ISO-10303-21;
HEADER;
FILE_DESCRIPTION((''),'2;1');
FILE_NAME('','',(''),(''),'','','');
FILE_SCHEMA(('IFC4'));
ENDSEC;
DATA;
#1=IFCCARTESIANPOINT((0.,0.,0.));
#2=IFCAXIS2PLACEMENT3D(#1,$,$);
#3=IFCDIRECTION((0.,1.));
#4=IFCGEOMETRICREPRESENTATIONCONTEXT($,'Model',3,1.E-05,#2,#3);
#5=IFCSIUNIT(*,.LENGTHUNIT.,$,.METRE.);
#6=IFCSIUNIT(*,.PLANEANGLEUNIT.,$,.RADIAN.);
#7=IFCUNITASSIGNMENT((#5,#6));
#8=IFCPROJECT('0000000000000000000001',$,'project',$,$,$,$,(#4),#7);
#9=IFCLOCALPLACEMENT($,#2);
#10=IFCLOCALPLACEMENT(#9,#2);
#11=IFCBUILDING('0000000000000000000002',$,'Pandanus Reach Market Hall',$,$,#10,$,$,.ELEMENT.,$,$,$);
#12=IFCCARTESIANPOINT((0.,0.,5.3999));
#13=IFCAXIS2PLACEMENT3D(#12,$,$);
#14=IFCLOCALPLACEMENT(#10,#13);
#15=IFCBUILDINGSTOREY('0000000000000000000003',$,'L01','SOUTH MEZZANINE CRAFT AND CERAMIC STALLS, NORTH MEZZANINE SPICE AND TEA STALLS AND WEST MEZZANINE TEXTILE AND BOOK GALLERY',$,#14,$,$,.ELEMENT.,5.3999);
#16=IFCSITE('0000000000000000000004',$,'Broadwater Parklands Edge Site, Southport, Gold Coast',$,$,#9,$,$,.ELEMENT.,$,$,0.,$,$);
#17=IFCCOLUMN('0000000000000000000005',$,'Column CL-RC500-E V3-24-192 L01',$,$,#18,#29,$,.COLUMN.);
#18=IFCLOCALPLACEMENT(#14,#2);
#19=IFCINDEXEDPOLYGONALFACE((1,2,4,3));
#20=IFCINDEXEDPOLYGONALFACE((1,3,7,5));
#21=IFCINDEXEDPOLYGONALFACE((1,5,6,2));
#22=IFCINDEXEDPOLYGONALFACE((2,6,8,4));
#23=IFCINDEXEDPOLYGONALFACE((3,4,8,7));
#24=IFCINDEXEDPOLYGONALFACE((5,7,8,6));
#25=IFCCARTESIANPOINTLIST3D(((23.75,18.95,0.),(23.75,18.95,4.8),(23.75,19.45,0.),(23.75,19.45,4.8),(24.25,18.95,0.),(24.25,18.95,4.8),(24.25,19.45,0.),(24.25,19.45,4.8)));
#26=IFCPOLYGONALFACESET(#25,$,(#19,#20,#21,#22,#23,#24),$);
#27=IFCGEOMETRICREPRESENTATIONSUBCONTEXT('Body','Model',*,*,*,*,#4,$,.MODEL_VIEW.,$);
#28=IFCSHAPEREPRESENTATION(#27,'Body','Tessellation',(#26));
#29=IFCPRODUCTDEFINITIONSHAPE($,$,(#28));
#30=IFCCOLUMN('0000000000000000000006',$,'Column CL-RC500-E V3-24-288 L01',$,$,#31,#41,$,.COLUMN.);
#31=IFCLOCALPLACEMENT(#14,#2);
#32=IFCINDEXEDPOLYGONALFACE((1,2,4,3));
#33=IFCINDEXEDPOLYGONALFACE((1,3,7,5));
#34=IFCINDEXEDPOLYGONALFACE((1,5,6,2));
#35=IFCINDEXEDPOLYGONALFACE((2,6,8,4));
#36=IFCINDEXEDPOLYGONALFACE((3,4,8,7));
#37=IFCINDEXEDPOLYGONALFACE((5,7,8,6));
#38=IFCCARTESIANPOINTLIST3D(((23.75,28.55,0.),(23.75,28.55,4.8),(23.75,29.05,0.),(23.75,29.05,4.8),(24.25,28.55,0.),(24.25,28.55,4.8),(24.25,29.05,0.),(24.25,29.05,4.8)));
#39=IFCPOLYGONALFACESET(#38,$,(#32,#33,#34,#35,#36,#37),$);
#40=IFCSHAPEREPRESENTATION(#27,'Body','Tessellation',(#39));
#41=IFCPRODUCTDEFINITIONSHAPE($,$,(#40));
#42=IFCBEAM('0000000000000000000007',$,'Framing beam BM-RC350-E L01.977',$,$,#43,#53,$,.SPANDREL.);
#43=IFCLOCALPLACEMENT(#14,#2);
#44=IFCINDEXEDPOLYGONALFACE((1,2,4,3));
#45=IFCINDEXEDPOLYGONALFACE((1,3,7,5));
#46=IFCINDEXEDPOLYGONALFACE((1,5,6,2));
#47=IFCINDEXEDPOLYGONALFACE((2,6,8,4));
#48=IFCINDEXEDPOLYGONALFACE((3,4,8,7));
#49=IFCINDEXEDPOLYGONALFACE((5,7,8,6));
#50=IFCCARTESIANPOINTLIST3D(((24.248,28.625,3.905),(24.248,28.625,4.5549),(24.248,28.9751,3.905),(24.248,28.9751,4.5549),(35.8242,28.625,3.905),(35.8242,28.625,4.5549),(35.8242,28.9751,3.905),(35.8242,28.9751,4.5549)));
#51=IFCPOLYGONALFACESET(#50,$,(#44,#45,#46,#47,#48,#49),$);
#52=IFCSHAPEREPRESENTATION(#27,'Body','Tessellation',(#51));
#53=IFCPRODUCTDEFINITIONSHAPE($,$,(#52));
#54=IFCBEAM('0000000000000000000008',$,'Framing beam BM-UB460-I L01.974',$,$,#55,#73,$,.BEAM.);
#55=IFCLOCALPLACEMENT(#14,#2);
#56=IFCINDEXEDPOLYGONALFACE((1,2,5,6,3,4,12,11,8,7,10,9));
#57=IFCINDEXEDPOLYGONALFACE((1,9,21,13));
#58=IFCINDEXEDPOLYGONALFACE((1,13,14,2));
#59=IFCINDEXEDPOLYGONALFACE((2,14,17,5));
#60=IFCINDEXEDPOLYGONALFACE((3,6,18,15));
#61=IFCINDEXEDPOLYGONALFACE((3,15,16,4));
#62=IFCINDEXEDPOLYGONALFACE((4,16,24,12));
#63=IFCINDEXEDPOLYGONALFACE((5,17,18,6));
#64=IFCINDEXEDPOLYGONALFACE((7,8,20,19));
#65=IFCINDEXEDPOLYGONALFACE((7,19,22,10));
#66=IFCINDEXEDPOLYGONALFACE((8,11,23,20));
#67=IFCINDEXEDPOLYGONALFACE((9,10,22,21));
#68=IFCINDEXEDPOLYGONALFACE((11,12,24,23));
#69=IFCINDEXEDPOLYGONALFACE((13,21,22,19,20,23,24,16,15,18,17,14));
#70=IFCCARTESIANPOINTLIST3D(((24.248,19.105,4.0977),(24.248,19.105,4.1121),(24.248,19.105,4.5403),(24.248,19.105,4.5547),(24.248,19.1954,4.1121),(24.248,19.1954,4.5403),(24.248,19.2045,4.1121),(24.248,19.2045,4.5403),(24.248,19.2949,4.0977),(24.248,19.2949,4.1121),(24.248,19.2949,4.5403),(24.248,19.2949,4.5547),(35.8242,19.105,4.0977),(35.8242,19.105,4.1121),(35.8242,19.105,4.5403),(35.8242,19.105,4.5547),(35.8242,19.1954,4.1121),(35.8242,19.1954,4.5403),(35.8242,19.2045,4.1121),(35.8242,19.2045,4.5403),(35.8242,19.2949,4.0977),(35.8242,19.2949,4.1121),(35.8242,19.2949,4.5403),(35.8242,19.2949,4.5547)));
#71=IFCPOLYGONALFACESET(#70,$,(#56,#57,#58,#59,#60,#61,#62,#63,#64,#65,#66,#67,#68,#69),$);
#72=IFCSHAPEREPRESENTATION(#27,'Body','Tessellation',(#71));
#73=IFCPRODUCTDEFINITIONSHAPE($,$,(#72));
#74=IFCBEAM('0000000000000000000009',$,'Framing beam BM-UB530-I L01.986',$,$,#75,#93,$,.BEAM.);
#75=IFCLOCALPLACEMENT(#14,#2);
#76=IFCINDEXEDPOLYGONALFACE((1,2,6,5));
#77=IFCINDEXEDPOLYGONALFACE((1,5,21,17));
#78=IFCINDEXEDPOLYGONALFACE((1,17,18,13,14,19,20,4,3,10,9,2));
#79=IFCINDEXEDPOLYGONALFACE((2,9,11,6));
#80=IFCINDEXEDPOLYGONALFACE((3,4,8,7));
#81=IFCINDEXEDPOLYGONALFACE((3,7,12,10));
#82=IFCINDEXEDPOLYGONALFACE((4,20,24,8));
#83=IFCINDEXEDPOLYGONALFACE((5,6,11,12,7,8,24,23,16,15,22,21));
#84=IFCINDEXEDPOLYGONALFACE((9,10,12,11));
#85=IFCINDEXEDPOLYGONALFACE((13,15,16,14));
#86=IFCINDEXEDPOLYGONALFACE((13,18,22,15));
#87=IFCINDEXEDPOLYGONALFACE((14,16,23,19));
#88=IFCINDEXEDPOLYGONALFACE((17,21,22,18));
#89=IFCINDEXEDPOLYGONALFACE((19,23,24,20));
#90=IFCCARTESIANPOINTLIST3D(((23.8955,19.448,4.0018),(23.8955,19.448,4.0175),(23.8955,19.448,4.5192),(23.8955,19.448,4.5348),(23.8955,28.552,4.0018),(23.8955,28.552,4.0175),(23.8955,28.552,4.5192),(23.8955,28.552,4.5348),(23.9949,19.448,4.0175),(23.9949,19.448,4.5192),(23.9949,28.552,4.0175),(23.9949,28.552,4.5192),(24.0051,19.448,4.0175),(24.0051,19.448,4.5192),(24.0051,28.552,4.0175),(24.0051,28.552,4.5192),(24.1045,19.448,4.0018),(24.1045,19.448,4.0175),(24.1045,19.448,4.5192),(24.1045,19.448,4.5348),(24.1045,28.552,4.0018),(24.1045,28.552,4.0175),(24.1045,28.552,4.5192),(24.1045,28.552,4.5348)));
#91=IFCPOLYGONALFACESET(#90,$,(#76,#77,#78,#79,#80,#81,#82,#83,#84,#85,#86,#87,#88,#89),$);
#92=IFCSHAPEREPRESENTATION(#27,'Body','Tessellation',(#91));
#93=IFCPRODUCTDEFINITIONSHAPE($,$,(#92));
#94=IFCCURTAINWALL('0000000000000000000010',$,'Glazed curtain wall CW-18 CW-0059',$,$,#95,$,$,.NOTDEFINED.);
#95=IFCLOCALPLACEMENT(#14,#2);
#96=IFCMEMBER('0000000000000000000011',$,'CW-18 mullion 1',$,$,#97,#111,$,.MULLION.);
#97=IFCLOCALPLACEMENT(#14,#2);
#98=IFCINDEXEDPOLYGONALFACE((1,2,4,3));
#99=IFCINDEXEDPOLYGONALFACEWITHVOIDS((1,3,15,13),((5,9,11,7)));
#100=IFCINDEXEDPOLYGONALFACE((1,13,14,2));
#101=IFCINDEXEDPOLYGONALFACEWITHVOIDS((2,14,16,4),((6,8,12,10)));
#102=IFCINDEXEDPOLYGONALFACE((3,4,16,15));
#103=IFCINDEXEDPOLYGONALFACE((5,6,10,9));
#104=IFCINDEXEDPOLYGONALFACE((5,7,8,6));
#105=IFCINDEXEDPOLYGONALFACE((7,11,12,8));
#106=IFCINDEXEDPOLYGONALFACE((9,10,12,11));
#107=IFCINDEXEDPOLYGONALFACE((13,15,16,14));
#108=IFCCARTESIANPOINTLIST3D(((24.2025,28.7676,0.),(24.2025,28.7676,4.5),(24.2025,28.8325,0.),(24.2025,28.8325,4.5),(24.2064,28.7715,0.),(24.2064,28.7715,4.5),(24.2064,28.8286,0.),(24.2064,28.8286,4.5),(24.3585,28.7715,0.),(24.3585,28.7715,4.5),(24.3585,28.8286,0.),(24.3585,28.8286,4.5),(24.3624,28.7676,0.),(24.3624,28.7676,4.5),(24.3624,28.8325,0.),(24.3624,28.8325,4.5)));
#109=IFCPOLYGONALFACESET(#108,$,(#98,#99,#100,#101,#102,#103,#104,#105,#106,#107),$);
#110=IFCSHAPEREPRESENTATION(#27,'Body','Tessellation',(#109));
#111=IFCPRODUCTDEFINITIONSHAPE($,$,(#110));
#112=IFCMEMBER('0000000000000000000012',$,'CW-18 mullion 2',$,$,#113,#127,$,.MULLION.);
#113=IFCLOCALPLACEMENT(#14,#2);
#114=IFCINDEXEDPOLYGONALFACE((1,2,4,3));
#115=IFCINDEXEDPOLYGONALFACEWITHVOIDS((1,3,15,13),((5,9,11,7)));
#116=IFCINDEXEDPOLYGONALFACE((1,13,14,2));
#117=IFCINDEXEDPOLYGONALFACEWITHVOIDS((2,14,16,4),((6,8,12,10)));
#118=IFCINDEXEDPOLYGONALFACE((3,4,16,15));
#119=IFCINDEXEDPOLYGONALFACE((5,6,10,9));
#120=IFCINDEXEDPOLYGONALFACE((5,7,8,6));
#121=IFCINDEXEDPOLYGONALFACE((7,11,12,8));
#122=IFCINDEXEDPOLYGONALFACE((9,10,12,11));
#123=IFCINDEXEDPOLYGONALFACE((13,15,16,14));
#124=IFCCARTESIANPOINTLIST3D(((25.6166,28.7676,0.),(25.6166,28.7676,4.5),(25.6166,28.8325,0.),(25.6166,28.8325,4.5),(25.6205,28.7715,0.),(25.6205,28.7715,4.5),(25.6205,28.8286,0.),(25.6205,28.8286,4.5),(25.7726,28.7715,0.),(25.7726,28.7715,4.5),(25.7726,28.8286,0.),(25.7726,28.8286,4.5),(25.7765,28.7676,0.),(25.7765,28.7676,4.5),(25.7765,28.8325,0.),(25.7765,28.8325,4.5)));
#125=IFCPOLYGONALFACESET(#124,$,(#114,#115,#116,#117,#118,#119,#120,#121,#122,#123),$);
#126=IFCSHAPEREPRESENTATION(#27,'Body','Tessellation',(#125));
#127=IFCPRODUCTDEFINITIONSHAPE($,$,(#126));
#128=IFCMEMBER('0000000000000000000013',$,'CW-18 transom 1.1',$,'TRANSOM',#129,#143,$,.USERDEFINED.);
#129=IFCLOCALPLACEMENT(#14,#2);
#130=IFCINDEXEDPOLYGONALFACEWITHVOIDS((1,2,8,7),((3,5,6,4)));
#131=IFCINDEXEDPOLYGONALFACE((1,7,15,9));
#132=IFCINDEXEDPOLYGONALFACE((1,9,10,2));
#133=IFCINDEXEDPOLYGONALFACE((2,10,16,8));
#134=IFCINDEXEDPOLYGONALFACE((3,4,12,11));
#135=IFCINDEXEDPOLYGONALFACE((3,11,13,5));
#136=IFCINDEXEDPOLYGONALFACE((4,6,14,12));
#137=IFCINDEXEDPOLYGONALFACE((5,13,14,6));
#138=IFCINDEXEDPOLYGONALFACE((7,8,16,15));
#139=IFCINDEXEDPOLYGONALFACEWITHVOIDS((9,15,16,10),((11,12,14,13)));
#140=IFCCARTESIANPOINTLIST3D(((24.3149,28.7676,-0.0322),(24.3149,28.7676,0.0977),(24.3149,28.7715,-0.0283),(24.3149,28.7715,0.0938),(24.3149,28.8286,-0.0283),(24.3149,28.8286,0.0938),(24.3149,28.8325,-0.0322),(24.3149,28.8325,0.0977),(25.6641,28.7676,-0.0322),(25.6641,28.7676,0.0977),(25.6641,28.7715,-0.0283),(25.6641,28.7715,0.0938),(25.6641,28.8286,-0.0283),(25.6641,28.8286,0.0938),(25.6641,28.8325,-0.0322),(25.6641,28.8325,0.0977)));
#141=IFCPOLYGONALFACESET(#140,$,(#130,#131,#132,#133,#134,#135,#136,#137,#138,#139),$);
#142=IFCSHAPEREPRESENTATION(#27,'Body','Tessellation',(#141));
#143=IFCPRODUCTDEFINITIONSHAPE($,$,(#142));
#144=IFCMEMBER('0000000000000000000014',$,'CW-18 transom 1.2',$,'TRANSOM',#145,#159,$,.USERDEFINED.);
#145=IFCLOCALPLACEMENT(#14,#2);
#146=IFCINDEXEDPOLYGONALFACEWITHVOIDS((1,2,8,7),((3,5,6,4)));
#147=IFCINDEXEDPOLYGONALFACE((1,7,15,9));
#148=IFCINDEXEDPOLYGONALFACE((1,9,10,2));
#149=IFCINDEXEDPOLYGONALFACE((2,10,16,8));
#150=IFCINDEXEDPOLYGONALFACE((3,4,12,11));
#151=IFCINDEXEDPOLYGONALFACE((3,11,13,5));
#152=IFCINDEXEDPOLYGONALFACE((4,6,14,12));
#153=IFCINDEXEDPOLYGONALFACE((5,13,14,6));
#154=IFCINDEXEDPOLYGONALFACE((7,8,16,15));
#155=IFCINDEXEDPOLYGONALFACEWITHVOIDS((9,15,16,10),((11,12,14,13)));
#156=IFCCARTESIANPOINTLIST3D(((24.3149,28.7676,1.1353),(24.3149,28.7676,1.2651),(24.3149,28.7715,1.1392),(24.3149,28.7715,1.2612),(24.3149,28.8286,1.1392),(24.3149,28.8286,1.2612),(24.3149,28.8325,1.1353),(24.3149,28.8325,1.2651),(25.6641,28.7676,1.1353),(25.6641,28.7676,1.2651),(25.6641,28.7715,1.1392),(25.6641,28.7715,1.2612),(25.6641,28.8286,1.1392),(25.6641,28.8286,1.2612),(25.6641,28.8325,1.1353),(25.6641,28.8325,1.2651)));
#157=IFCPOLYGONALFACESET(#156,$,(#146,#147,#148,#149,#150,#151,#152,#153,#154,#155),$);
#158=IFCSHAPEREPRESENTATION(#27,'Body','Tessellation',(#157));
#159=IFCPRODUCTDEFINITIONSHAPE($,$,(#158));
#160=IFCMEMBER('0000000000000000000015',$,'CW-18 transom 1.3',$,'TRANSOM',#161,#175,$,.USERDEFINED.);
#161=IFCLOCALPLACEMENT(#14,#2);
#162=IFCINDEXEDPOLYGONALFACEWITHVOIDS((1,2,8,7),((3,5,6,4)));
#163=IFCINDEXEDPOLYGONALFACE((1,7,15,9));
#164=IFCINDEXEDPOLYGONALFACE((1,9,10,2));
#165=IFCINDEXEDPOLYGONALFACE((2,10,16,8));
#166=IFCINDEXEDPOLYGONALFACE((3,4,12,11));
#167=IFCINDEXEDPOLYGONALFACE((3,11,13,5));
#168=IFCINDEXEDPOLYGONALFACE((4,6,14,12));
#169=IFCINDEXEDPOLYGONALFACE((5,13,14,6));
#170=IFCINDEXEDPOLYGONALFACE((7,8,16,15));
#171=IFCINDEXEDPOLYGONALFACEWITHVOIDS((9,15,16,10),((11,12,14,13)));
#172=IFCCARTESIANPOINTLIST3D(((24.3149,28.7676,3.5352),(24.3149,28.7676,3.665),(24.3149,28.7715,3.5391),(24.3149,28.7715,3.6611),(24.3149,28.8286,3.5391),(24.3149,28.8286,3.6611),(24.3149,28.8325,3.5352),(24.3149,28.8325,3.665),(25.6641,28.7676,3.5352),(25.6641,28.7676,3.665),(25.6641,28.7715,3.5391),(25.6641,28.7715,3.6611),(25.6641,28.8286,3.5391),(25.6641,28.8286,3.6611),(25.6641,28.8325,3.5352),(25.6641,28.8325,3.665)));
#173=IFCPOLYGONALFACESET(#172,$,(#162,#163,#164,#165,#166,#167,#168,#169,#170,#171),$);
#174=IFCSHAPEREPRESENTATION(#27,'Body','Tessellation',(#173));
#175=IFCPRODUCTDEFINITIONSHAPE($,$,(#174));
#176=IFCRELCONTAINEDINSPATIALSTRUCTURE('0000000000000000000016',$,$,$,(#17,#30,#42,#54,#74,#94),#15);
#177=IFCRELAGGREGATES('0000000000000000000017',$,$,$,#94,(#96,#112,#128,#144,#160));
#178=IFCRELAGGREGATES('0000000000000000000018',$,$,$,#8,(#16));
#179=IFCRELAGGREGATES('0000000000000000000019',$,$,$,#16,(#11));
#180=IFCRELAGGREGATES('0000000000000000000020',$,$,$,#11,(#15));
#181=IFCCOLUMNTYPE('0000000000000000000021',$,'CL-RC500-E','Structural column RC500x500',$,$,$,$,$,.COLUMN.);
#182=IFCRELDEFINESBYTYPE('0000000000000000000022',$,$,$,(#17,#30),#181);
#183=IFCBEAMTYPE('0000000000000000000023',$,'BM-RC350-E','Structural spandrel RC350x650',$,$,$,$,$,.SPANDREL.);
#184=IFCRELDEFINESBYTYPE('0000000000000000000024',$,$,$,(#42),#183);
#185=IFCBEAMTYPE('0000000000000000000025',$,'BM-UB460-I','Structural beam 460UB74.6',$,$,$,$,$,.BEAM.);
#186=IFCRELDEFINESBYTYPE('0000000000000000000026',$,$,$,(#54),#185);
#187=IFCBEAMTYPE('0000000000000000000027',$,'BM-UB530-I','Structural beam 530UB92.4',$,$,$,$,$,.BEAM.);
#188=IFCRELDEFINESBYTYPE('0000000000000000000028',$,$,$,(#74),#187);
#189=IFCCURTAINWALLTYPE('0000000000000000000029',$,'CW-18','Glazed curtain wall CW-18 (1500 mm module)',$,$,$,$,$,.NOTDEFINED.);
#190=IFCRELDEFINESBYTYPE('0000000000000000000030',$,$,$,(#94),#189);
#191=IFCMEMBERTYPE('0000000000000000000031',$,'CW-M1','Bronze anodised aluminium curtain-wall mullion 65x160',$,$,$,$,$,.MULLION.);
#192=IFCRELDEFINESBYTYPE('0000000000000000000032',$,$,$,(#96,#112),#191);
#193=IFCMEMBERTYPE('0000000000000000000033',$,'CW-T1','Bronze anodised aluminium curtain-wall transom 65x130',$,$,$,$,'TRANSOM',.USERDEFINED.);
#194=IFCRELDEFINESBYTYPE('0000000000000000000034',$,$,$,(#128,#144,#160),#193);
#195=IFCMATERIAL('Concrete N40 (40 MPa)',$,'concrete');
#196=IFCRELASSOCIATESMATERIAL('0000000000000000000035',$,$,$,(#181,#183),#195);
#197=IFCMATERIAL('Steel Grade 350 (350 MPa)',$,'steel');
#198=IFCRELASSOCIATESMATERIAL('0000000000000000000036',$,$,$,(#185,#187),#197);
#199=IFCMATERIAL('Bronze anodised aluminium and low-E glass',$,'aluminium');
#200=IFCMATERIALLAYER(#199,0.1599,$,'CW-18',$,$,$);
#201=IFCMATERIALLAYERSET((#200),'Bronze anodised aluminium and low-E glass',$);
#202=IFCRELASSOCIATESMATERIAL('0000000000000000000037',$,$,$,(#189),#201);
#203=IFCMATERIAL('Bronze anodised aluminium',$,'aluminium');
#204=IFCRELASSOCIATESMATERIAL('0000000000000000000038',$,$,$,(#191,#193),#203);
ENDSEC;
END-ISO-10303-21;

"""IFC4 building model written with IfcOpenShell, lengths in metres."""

from ifc_helpers import new_model, si_unit, direction, frame, origin, origin_2d, place, context, subcontext, project, spatial, rectangle, hollow_rectangle, i_section, extrude, material, layer, layer_set, material_profile, profile_set, type_object, element, aggregate, save


model = new_model("IFC4")

# Units and contexts
model_context = context("Model", 3, precision=1e-05, world=origin(), true_north=direction((0.0, 1.0)))
body_context = subcontext(model_context, "Body", "Model", "MODEL_VIEW")
ifc_project = project(units=[si_unit("LENGTHUNIT", "METRE"), si_unit("PLANEANGLEUNIT", "RADIAN")], contexts=[model_context])

# Site, building, storey
site_placement = place(None, origin())
site = spatial("IfcSite", under=ifc_project, at=site_placement, Name="Broadwater Parklands Edge Site, Southport, Gold Coast", CompositionType="ELEMENT", RefElevation=0.0)
building_placement = place(site_placement, origin())
building = spatial("IfcBuilding", under=site, at=building_placement, Name="Pandanus Reach Market Hall", CompositionType="ELEMENT")
storey_placement = place(building_placement, frame((0.0, 0.0, 5.3999)))
storey = spatial("IfcBuildingStorey", under=building, at=storey_placement, Name="L01", Description="SOUTH MEZZANINE CRAFT AND CERAMIC STALLS, NORTH MEZZANINE SPICE AND TEA STALLS AND WEST MEZZANINE TEXTILE AND BOOK GALLERY", CompositionType="ELEMENT", Elevation=5.3999)

# Columns
ifc_material_1 = material(Name="Concrete N40 (40 MPa)", Category="concrete")
ifc_material_profile_1 = material_profile(ifc_material_1, rectangle(XDim=0.5, YDim=0.5, at=origin_2d()), Name="RC500x500", Category="LoadBearing")
ifc_profile_set_1 = profile_set([ifc_material_profile_1], Name="Concrete N40 (40 MPa)")
column_type = type_object("IfcColumnType", Name="CL-RC500-E", Description="Structural column RC500x500", PredefinedType="COLUMN", material=ifc_profile_set_1)
for number, where, z_axis, x_axis, name in (
    (1, (24.0, 19.2, 0.0), (0.0, 0.0, 1.0), (1.0, 0.0, 0.0), "Column CL-RC500-E V3-24-192 L01"),
    (2, (24.0, 28.8, 0.0), (0.0, 0.0, 1.0), (1.0, 0.0, 0.0), "Column CL-RC500-E V3-24-288 L01"),
):
    element("IfcColumn", number, at=place(storey_placement, frame(where, z_axis=z_axis, x_axis=x_axis)), inside=storey, type_object=column_type, Name=name, PredefinedType="COLUMN", context=body_context, shape_type="SweptSolid", body=[
        extrude(rectangle(XDim=0.5, YDim=0.5, at=origin_2d()), origin(), (0.0, 0.0, 1.0), 4.8),
    ])

# Beams
ifc_material_profile_2 = material_profile(ifc_material_1, rectangle(XDim=0.3501, YDim=0.6499, at=origin_2d()), Name="RC350x650", Category="LoadBearing")
ifc_profile_set_2 = profile_set([ifc_material_profile_2], Name="Concrete N40 (40 MPa)")
beam_type_1 = type_object("IfcBeamType", Name="BM-RC350-E", Description="Structural spandrel RC350x650", PredefinedType="SPANDREL", material=ifc_profile_set_2)
beam_1_placement = place(storey_placement, frame((24.248, 28.8, 4.23), z_axis=(1.0, 0.0, 0.0), x_axis=(0.0, 1.0, 0.0)))
element("IfcBeam", 3, at=beam_1_placement, inside=storey, type_object=beam_type_1, Name="Framing beam BM-RC350-E L01.977", PredefinedType="SPANDREL", context=body_context, shape_type="SweptSolid", body=[
    extrude(rectangle(XDim=0.3501, YDim=0.6499, at=origin_2d()), origin(), (0.0, 0.0, 1.0), 11.5762),
])
ifc_material_2 = material(Name="Steel Grade 350 (350 MPa)", Category="steel")
ifc_material_profile_3 = material_profile(ifc_material_2, i_section(OverallWidth=0.1899, OverallDepth=0.457, WebThickness=0.009, FlangeThickness=0.0144, at=origin_2d()), Name="460UB74.6", Category="LoadBearing")
ifc_profile_set_3 = profile_set([ifc_material_profile_3], Name="Steel Grade 350 (350 MPa)")
beam_type_2 = type_object("IfcBeamType", Name="BM-UB460-I", Description="Structural beam 460UB74.6", PredefinedType="BEAM", material=ifc_profile_set_3)
beam_2_placement = place(storey_placement, frame((24.248, 19.2, 4.3262), z_axis=(1.0, 0.0, 0.0), x_axis=(0.0, 1.0, 0.0)))
element("IfcBeam", 4, at=beam_2_placement, inside=storey, type_object=beam_type_2, Name="Framing beam BM-UB460-I L01.974", PredefinedType="BEAM", context=body_context, shape_type="SweptSolid", body=[
    extrude(i_section(OverallWidth=0.1899, OverallDepth=0.457, WebThickness=0.009, FlangeThickness=0.0144, at=origin_2d()), origin(), (0.0, 0.0, 1.0), 11.5762),
])
ifc_material_profile_4 = material_profile(ifc_material_2, i_section(OverallWidth=0.209, OverallDepth=0.533, WebThickness=0.0103, FlangeThickness=0.0156, at=origin_2d()), Name="530UB92.4", Category="LoadBearing")
ifc_profile_set_4 = profile_set([ifc_material_profile_4], Name="Steel Grade 350 (350 MPa)")
beam_type_3 = type_object("IfcBeamType", Name="BM-UB530-I", Description="Structural beam 530UB92.4", PredefinedType="BEAM", material=ifc_profile_set_4)
beam_3_placement = place(storey_placement, frame((24.0, 19.448, 4.2683), z_axis=(0.0, 1.0, 0.0), x_axis=(-1.0, 0.0, 0.0)))
element("IfcBeam", 5, at=beam_3_placement, inside=storey, type_object=beam_type_3, Name="Framing beam BM-UB530-I L01.986", PredefinedType="BEAM", context=body_context, shape_type="SweptSolid", body=[
    extrude(i_section(OverallWidth=0.209, OverallDepth=0.533, WebThickness=0.0103, FlangeThickness=0.0156, at=origin_2d()), origin(), (0.0, 0.0, 1.0), 9.104),
])

# Curtain wall, members
ifc_material_3 = material(Name="Bronze anodised aluminium and low-E glass", Category="aluminium")
ifc_layer_1 = layer(ifc_material_3, 0.1599, Name="CW-18")
ifc_layer_set_1 = layer_set([ifc_layer_1], Name="Bronze anodised aluminium and low-E glass")
curtain_wall_type = type_object("IfcCurtainWallType", Name="CW-18", Description="Glazed curtain wall CW-18 (1500 mm module)", PredefinedType="NOTDEFINED", material=ifc_layer_set_1)
curtain_wall_placement = place(storey_placement, origin())
curtain_wall = element("IfcCurtainWall", 6, at=curtain_wall_placement, inside=storey, type_object=curtain_wall_type, Name="Glazed curtain wall CW-18 CW-0059", PredefinedType="NOTDEFINED")
ifc_material_4 = material(Name="Bronze anodised aluminium", Category="aluminium")
ifc_material_profile_5 = material_profile(ifc_material_4, hollow_rectangle(XDim=0.0649, YDim=0.1599, WallThickness=0.0039, at=origin_2d()), Name="ALU65x160", Category="LoadBearing")
ifc_profile_set_5 = profile_set([ifc_material_profile_5], Name="Bronze anodised aluminium")
member_type_1 = type_object("IfcMemberType", Name="CW-M1", Description="Bronze anodised aluminium curtain-wall mullion 65x160", PredefinedType="MULLION", material=ifc_profile_set_5)
member_1_placement = place(storey_placement, frame((24.2825, 28.8, 0.0), z_axis=(0.0, 0.0, 1.0), x_axis=(0.0, 1.0, 0.0)))
member_1 = element("IfcMember", 7, at=member_1_placement, type_object=member_type_1, Name="CW-18 mullion 1", PredefinedType="MULLION", context=body_context, shape_type="SweptSolid", body=[
    extrude(hollow_rectangle(XDim=0.0649, YDim=0.1599, WallThickness=0.0039, at=origin_2d()), origin(), (0.0, 0.0, 1.0), 4.5),
])
member_2_placement = place(storey_placement, frame((25.6965, 28.8, 0.0), z_axis=(0.0, 0.0, 1.0), x_axis=(0.0, 1.0, 0.0)))
member_2 = element("IfcMember", 8, at=member_2_placement, type_object=member_type_1, Name="CW-18 mullion 2", PredefinedType="MULLION", context=body_context, shape_type="SweptSolid", body=[
    extrude(hollow_rectangle(XDim=0.0649, YDim=0.1599, WallThickness=0.0039, at=origin_2d()), origin(), (0.0, 0.0, 1.0), 4.5),
])
ifc_material_profile_6 = material_profile(ifc_material_4, hollow_rectangle(XDim=0.0649, YDim=0.1299, WallThickness=0.0039, at=origin_2d()), Name="ALU65x130", Category="LoadBearing")
ifc_profile_set_6 = profile_set([ifc_material_profile_6], Name="Bronze anodised aluminium")
member_type_2 = type_object("IfcMemberType", Name="CW-T1", Description="Bronze anodised aluminium curtain-wall transom 65x130", ElementType="TRANSOM", PredefinedType="USERDEFINED", material=ifc_profile_set_6)
member_3_placement = place(storey_placement, frame((24.3149, 28.8, 0.0327), z_axis=(1.0, 0.0, 0.0), x_axis=(0.0, 1.0, 0.0)))
member_3 = element("IfcMember", 9, at=member_3_placement, type_object=member_type_2, Name="CW-18 transom 1.1", ObjectType="TRANSOM", PredefinedType="USERDEFINED", context=body_context, shape_type="SweptSolid", body=[
    extrude(hollow_rectangle(XDim=0.0649, YDim=0.1299, WallThickness=0.0039, at=origin_2d()), origin(), (0.0, 0.0, 1.0), 1.3491),
])
member_4_placement = place(storey_placement, frame((24.3149, 28.8, 1.2002), z_axis=(1.0, 0.0, 0.0), x_axis=(0.0, 1.0, 0.0)))
member_4 = element("IfcMember", 10, at=member_4_placement, type_object=member_type_2, Name="CW-18 transom 1.2", ObjectType="TRANSOM", PredefinedType="USERDEFINED", context=body_context, shape_type="SweptSolid", body=[
    extrude(hollow_rectangle(XDim=0.0649, YDim=0.1299, WallThickness=0.0039, at=origin_2d()), origin(), (0.0, 0.0, 1.0), 1.3491),
])
member_5_placement = place(storey_placement, frame((24.3149, 28.8, 3.6001), z_axis=(1.0, 0.0, 0.0), x_axis=(0.0, 1.0, 0.0)))
member_5 = element("IfcMember", 11, at=member_5_placement, type_object=member_type_2, Name="CW-18 transom 1.3", ObjectType="TRANSOM", PredefinedType="USERDEFINED", context=body_context, shape_type="SweptSolid", body=[
    extrude(hollow_rectangle(XDim=0.0649, YDim=0.1299, WallThickness=0.0039, at=origin_2d()), origin(), (0.0, 0.0, 1.0), 1.3491),
])

aggregate(curtain_wall, [member_1, member_2, member_3, member_4, member_5])

save(model, "model.ifc")
